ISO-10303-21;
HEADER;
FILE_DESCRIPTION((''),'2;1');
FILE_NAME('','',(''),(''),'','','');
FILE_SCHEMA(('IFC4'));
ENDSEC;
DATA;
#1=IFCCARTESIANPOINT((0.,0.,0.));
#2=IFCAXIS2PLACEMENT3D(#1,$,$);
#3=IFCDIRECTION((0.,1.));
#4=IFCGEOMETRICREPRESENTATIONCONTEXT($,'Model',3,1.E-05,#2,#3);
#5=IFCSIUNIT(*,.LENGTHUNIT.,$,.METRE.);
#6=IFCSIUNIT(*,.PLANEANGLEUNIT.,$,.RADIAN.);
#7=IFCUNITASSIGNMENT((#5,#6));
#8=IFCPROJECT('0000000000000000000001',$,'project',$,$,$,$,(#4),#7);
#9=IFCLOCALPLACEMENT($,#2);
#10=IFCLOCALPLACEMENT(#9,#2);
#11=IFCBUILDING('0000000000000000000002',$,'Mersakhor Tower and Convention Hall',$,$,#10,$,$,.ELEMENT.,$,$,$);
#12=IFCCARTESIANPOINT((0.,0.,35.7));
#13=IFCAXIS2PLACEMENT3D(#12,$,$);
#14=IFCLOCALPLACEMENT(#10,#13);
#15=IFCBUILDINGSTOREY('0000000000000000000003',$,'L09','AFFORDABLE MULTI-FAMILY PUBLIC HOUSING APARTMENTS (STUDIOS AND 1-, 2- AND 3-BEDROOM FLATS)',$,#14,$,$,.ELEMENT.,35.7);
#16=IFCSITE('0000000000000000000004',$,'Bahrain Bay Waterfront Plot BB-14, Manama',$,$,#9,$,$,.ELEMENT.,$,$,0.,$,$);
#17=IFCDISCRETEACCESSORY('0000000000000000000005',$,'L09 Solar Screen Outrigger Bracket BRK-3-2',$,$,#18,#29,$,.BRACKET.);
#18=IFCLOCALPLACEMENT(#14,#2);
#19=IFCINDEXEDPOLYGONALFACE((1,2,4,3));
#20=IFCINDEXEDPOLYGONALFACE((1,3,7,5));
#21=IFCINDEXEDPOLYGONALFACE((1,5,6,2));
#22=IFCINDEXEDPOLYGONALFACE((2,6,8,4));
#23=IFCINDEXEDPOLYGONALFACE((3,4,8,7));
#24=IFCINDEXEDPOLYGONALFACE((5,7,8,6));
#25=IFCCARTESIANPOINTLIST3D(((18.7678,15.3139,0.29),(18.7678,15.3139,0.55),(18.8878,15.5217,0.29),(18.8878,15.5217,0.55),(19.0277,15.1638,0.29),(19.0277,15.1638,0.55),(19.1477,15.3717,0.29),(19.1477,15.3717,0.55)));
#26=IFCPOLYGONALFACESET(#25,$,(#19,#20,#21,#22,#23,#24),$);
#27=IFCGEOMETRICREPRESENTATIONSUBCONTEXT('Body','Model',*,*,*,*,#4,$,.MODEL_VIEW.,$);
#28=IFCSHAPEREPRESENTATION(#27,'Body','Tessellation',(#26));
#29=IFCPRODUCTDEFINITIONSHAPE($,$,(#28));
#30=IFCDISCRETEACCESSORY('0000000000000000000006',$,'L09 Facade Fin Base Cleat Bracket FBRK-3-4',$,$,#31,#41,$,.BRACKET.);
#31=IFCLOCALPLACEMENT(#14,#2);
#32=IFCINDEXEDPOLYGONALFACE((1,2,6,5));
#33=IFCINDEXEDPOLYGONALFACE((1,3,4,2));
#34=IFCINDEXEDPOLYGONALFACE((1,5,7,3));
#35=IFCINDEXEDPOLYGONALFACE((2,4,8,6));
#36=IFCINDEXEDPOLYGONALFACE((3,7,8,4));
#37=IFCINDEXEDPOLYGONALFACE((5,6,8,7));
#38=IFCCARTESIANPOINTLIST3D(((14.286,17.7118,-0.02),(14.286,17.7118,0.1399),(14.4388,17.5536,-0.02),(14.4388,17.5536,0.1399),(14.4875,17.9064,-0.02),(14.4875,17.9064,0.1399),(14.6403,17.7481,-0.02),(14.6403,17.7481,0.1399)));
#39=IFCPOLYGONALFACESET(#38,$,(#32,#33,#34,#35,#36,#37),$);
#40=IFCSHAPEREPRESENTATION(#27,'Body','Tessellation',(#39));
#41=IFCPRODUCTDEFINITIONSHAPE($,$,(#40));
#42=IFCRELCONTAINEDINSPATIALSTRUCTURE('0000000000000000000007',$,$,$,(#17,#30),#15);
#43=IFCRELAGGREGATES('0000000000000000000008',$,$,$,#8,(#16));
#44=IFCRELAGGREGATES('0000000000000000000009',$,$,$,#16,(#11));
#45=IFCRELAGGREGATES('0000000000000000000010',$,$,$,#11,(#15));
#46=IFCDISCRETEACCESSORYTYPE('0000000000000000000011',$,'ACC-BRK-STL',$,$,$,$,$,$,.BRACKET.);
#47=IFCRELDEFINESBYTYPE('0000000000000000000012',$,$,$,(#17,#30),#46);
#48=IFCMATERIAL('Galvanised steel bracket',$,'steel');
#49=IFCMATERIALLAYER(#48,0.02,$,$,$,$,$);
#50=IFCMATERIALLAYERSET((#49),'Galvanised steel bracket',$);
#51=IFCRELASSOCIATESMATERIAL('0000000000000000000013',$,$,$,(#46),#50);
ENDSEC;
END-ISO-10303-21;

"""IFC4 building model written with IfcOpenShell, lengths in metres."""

from ifc_helpers import new_model, si_unit, direction, frame, origin, origin_2d, place, context, subcontext, project, spatial, rectangle, extrude, material, layer, layer_set, type_object, element, save


model = new_model("IFC4")

# Units and contexts
model_context = context("Model", 3, precision=1e-05, world=origin(), true_north=direction((0.0, 1.0)))
body_context = subcontext(model_context, "Body", "Model", "MODEL_VIEW")
ifc_project = project(units=[si_unit("LENGTHUNIT", "METRE"), si_unit("PLANEANGLEUNIT", "RADIAN")], contexts=[model_context])

# Site, building, storey
site_placement = place(None, origin())
site = spatial("IfcSite", under=ifc_project, at=site_placement, Name="Bahrain Bay Waterfront Plot BB-14, Manama", CompositionType="ELEMENT", RefElevation=0.0)
building_placement = place(site_placement, origin())
building = spatial("IfcBuilding", under=site, at=building_placement, Name="Mersakhor Tower and Convention Hall", CompositionType="ELEMENT")
storey_placement = place(building_placement, frame((0.0, 0.0, 35.7)))
storey = spatial("IfcBuildingStorey", under=building, at=storey_placement, Name="L09", Description="AFFORDABLE MULTI-FAMILY PUBLIC HOUSING APARTMENTS (STUDIOS AND 1-, 2- AND 3-BEDROOM FLATS)", CompositionType="ELEMENT", Elevation=35.7)

# Discrete accessories
ifc_material_1 = material(Name="Galvanised steel bracket", Category="steel")
ifc_layer_1 = layer(ifc_material_1, 0.02)
ifc_layer_set_1 = layer_set([ifc_layer_1], Name="Galvanised steel bracket")
discrete_accessory_type = type_object("IfcDiscreteAccessoryType", Name="ACC-BRK-STL", PredefinedType="BRACKET", material=ifc_layer_set_1)
discrete_accessory_1_placement = place(storey_placement, frame((18.9578, 15.3428, 0.29), z_axis=(0.0, 0.0, 1.0), x_axis=(-0.866025, 0.5, 0.0)))
element("IfcDiscreteAccessory", 1, at=discrete_accessory_1_placement, inside=storey, type_object=discrete_accessory_type, Name="L09 Solar Screen Outrigger Bracket BRK-3-2", PredefinedType="BRACKET", context=body_context, shape_type="SweptSolid", body=[
    extrude(rectangle(XDim=0.3, YDim=0.24, at=origin_2d()), origin(), (0.0, 0.0, 1.0), 0.26),
])
discrete_accessory_2_placement = place(storey_placement, frame((14.4631, 17.73, -0.02), z_axis=(0.0, 0.0, 1.0), x_axis=(-0.71934, -0.694658, 0.0)))
element("IfcDiscreteAccessory", 2, at=discrete_accessory_2_placement, inside=storey, type_object=discrete_accessory_type, Name="L09 Facade Fin Base Cleat Bracket FBRK-3-4", PredefinedType="BRACKET", context=body_context, shape_type="SweptSolid", body=[
    extrude(rectangle(XDim=0.28, YDim=0.22, at=origin_2d()), origin(), (0.0, 0.0, 1.0), 0.1599),
])

save(model, "model.ifc")
